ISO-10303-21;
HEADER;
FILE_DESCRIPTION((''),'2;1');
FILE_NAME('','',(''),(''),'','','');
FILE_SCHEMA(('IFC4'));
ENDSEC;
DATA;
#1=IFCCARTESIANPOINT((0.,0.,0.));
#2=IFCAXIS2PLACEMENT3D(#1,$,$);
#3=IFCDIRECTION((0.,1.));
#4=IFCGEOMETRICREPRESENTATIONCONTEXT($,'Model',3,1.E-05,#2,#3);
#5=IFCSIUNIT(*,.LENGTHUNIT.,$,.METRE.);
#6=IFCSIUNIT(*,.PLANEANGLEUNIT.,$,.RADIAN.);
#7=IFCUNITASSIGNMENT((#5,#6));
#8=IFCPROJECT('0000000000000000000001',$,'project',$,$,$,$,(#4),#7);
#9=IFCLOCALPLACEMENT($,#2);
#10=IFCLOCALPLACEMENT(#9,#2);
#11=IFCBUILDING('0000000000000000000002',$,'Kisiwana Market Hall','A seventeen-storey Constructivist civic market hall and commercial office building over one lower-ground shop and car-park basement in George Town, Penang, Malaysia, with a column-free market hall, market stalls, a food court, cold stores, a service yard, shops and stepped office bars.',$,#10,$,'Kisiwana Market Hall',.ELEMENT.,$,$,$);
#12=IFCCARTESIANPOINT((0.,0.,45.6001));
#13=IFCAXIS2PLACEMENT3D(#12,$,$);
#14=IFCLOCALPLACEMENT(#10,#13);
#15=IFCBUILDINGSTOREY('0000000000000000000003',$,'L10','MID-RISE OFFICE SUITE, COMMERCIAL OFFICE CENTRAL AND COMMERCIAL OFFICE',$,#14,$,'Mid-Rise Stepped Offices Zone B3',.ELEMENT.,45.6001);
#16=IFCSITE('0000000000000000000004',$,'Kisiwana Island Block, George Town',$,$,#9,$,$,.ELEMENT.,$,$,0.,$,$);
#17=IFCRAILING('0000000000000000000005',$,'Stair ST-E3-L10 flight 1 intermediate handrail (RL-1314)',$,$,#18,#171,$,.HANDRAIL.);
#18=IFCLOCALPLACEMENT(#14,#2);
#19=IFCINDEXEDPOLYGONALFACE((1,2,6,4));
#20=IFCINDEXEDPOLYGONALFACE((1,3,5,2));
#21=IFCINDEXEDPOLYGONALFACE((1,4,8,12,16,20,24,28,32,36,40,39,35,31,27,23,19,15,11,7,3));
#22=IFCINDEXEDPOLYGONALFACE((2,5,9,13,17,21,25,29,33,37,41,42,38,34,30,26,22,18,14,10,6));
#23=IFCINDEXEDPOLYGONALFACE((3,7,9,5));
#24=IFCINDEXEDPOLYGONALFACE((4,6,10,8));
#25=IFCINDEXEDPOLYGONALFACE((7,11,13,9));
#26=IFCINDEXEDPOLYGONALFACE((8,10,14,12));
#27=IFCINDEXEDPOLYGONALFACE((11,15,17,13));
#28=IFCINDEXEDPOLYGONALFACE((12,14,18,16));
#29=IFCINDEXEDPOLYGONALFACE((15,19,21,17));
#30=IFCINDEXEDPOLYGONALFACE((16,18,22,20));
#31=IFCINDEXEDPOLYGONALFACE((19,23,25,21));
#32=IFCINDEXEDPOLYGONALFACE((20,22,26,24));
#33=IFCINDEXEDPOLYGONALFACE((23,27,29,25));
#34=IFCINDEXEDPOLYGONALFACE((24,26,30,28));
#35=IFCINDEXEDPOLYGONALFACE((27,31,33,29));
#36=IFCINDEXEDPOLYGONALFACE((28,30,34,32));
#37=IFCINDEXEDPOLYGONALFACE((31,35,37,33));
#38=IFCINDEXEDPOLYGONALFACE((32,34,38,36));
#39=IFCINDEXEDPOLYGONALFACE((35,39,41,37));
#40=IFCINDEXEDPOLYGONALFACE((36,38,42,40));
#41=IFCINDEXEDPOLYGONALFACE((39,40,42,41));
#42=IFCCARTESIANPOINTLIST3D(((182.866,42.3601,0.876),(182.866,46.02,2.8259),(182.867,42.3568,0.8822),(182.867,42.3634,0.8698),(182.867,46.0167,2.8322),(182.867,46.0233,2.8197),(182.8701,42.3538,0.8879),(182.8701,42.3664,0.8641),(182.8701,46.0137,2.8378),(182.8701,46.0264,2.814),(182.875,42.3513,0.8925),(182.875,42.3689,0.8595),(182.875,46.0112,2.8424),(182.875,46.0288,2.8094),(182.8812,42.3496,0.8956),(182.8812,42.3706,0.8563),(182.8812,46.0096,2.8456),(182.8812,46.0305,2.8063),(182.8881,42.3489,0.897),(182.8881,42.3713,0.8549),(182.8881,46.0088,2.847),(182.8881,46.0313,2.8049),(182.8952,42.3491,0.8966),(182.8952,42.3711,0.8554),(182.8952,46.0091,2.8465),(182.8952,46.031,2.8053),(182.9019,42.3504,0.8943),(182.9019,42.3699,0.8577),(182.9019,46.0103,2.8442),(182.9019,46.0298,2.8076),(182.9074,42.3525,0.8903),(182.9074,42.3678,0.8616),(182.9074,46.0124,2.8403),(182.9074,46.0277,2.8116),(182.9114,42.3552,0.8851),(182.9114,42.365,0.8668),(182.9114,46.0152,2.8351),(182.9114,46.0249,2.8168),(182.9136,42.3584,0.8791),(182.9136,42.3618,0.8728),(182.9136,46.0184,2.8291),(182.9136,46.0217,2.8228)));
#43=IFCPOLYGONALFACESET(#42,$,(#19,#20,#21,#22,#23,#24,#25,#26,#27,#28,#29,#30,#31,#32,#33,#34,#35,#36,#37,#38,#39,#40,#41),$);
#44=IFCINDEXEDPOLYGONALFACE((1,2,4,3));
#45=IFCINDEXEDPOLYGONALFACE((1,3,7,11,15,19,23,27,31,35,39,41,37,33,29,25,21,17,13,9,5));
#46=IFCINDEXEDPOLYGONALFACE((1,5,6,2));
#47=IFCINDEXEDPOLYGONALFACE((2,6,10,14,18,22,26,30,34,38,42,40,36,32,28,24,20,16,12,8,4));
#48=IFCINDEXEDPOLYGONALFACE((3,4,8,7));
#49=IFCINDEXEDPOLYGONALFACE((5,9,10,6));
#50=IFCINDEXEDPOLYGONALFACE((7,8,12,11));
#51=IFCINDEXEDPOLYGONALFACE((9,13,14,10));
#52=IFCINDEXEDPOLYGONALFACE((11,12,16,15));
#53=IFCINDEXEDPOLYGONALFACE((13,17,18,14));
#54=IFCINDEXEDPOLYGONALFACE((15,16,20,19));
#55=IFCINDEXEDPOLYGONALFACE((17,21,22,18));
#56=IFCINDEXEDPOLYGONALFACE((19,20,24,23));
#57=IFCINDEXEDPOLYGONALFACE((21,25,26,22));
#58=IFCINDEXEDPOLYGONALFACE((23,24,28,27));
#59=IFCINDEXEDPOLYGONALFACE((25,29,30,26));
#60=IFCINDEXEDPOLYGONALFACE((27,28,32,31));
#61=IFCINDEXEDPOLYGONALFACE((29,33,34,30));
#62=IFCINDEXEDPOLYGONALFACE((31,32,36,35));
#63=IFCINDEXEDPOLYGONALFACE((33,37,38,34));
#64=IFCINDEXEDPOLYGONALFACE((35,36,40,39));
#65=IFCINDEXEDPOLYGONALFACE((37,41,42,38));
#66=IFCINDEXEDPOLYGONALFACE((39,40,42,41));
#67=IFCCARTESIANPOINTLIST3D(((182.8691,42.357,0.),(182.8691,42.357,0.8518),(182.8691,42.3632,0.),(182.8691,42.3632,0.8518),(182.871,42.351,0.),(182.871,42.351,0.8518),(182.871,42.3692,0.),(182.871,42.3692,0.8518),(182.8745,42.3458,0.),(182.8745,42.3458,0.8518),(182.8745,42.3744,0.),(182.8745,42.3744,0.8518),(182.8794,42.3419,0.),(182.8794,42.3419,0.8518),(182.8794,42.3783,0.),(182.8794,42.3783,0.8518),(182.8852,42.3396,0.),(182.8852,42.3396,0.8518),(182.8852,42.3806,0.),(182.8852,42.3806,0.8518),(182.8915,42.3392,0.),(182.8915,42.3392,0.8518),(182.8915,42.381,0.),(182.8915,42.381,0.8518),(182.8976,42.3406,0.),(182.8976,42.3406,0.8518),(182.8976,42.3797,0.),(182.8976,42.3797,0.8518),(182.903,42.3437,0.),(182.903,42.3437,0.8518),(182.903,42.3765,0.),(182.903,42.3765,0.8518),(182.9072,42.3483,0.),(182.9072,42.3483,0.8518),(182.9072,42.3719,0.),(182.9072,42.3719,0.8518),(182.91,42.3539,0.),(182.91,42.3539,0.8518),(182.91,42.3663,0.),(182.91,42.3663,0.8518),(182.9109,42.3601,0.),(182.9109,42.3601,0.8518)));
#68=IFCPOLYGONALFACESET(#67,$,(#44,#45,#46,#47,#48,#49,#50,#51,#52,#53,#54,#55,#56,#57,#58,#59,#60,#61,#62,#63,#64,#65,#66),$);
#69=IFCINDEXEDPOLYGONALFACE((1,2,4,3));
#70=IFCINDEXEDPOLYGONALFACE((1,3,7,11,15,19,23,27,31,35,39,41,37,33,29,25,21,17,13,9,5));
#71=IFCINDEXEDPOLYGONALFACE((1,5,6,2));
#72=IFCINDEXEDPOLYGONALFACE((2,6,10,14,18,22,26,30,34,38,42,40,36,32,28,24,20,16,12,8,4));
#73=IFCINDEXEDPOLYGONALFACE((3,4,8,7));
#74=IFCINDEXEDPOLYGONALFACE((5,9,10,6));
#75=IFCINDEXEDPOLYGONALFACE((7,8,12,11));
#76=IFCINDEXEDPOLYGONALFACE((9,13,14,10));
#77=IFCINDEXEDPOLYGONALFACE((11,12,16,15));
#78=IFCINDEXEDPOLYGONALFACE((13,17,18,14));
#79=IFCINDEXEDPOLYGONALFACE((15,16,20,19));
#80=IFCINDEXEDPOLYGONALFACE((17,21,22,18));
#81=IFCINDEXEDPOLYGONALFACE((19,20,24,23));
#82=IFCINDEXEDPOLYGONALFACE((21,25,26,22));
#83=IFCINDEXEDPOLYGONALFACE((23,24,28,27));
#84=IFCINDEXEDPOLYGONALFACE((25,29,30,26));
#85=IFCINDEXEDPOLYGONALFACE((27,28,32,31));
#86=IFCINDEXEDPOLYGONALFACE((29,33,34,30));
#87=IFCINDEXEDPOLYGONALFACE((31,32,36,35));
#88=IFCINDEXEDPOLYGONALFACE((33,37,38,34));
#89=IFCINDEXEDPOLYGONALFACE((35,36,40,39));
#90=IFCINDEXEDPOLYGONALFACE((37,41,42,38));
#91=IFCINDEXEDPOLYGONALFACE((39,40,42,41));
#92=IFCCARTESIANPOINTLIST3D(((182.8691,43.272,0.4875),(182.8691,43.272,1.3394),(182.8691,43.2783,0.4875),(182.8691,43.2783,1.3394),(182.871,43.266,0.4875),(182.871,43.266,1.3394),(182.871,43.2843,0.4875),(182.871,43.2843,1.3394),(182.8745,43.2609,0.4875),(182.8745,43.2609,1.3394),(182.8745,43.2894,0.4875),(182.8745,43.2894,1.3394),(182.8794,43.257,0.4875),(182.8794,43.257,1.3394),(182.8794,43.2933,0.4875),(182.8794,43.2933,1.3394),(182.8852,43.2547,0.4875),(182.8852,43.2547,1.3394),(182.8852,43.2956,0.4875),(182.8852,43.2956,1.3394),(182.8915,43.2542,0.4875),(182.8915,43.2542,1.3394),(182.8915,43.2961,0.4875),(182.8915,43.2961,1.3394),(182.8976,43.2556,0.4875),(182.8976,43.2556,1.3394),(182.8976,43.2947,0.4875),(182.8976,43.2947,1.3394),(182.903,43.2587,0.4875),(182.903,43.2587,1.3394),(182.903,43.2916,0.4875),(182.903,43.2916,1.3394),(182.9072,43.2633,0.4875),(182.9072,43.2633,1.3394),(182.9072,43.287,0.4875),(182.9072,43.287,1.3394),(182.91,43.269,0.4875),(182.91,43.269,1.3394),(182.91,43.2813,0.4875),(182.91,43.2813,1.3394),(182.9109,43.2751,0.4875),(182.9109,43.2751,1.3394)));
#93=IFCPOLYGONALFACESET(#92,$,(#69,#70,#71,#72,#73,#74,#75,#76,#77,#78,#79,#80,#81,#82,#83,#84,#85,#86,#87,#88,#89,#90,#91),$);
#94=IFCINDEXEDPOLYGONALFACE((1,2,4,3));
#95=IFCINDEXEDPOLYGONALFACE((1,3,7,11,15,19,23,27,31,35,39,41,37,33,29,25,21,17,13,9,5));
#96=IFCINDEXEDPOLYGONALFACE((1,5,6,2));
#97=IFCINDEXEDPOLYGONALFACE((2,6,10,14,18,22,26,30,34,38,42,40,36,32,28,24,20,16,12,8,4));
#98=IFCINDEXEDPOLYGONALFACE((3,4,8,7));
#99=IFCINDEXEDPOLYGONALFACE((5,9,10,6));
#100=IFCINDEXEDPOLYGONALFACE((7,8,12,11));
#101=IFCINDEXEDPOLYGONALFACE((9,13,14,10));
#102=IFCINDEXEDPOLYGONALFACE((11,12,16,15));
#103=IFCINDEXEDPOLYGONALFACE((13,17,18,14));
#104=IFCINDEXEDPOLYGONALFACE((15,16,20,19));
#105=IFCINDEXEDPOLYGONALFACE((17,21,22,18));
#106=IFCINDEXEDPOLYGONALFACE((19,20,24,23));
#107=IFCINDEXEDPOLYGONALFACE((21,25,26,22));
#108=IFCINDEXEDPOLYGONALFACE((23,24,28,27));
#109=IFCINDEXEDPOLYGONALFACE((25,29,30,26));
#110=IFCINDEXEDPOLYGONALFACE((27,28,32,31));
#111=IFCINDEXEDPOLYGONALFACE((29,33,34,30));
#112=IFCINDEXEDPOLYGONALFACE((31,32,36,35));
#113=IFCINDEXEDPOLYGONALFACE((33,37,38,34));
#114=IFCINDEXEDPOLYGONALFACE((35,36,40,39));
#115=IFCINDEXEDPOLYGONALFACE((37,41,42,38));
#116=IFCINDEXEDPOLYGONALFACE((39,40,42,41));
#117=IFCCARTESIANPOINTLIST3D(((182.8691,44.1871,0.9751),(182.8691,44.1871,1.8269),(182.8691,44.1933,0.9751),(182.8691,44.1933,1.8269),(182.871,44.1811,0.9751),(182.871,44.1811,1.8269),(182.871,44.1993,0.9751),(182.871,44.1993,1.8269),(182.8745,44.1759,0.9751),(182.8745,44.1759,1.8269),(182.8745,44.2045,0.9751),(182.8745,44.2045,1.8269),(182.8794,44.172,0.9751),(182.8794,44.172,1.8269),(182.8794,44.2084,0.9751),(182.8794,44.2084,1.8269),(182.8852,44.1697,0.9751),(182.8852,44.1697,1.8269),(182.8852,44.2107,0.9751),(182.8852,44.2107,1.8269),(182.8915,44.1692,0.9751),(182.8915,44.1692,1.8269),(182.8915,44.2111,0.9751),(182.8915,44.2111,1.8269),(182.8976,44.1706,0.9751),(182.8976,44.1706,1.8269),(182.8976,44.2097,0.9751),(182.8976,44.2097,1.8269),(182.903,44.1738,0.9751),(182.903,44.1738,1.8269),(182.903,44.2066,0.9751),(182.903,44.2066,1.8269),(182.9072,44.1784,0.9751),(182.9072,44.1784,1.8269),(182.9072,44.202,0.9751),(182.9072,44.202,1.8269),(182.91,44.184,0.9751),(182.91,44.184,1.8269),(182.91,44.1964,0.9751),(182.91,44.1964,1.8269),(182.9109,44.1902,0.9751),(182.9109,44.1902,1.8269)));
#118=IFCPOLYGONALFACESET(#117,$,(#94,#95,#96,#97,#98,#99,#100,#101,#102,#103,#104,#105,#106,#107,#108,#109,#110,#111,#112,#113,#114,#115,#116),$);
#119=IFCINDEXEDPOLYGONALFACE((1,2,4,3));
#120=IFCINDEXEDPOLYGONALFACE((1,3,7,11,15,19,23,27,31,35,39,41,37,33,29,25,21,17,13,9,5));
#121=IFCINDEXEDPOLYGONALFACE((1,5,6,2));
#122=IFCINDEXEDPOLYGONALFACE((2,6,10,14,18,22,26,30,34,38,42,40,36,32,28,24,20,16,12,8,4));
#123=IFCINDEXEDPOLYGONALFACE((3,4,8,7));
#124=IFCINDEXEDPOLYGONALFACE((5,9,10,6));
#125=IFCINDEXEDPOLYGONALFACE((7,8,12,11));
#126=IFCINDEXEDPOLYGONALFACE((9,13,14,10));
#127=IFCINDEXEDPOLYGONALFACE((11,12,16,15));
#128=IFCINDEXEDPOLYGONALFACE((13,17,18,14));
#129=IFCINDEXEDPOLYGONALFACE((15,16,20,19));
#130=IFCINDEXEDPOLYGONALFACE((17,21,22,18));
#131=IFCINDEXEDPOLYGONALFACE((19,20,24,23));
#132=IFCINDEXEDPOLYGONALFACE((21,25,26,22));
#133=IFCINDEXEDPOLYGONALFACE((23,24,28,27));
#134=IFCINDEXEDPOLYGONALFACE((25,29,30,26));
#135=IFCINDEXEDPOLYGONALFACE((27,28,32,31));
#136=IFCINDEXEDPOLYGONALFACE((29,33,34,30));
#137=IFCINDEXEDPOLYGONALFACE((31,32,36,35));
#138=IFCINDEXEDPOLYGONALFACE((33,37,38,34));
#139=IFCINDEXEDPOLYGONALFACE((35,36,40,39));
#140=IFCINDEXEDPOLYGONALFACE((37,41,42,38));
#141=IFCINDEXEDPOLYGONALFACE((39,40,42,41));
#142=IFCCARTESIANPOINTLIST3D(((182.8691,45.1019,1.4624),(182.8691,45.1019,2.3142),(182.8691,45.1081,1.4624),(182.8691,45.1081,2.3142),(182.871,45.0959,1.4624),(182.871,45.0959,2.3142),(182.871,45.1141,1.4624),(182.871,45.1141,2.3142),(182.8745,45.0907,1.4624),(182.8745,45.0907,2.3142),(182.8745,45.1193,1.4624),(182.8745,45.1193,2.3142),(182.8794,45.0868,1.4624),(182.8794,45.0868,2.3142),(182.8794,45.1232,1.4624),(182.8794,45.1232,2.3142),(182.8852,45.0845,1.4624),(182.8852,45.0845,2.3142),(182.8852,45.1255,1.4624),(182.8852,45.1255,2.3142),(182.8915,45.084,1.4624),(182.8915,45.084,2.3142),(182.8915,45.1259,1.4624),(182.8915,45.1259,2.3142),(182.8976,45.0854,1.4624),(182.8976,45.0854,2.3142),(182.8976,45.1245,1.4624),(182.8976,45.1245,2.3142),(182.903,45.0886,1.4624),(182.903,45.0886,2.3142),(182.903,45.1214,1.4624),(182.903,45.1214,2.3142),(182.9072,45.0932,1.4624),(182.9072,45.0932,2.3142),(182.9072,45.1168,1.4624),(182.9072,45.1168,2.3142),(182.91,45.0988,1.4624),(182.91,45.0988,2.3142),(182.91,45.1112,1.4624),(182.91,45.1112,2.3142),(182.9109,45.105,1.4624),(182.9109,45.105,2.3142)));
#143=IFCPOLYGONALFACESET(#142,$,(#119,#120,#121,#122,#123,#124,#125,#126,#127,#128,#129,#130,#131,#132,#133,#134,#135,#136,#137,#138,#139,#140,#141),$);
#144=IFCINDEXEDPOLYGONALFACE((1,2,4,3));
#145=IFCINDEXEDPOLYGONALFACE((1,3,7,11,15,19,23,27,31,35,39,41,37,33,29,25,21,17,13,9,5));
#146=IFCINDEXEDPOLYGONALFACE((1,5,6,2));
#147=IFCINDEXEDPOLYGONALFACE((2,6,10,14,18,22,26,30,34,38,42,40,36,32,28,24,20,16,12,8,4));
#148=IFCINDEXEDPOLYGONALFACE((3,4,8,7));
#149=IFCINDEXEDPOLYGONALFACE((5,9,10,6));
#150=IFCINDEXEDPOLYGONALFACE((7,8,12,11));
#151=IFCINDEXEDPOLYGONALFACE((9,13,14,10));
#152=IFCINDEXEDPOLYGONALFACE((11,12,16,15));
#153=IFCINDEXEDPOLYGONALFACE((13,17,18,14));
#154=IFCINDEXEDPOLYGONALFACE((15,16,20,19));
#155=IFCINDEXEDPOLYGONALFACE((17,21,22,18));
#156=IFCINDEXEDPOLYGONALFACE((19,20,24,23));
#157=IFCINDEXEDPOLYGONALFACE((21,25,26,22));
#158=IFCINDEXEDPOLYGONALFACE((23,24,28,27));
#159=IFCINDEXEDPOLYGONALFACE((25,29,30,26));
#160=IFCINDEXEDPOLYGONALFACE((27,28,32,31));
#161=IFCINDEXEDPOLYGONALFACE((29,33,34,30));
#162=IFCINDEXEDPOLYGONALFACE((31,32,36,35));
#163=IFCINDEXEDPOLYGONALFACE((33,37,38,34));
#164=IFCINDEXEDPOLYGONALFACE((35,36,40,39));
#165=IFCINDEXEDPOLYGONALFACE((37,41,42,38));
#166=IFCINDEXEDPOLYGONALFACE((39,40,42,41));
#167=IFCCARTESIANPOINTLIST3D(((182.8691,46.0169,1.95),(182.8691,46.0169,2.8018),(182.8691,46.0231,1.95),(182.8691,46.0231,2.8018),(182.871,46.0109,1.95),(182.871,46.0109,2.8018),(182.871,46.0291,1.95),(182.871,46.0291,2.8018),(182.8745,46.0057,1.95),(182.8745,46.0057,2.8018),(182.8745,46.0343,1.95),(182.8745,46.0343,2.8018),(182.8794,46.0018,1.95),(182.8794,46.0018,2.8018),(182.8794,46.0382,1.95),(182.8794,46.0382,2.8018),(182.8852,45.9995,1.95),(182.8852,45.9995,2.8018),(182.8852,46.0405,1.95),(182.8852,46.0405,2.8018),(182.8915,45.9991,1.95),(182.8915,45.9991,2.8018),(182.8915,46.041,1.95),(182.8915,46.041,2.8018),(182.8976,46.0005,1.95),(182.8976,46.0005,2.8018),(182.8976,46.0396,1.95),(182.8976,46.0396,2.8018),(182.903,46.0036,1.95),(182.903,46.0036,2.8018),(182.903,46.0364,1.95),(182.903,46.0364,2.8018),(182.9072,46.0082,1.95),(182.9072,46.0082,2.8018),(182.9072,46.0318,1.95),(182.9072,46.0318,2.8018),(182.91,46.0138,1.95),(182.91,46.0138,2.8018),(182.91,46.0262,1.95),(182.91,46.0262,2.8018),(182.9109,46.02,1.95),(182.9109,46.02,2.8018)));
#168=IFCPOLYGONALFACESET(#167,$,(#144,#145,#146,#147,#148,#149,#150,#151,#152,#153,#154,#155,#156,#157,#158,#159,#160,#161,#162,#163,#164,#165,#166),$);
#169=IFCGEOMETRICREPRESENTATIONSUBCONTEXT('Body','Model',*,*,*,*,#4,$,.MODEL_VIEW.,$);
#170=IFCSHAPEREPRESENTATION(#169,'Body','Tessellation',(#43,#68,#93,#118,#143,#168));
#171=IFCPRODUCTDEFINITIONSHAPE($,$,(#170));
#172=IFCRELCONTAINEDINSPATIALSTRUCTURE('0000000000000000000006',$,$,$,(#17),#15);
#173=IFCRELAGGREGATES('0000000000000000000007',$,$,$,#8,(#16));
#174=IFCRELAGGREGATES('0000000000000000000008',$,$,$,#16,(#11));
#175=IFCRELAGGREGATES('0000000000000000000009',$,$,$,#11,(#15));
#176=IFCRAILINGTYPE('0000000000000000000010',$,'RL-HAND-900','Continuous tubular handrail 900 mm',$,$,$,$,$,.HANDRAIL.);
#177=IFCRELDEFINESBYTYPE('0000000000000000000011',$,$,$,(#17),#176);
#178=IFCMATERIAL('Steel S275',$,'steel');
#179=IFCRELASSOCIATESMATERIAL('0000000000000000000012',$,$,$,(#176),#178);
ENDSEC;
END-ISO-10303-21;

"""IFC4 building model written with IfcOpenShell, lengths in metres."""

from ifc_helpers import new_model, si_unit, direction, frame, origin, origin_2d, place, context, subcontext, project, spatial, circle, extrude, material, type_object, element, save


model = new_model("IFC4")

# Units and contexts
model_context = context("Model", 3, precision=1e-05, world=origin(), true_north=direction((0.0, 1.0)))
body_context = subcontext(model_context, "Body", "Model", "MODEL_VIEW")
ifc_project = project(units=[si_unit("LENGTHUNIT", "METRE"), si_unit("PLANEANGLEUNIT", "RADIAN")], contexts=[model_context])

# Site, building, storey
site_placement = place(None, origin())
site = spatial("IfcSite", under=ifc_project, at=site_placement, Name="Kisiwana Island Block, George Town", CompositionType="ELEMENT", RefElevation=0.0)
building_placement = place(site_placement, origin())
building = spatial("IfcBuilding", under=site, at=building_placement, Name="Kisiwana Market Hall", Description="A seventeen-storey Constructivist civic market hall and commercial office building over one lower-ground shop and car-park basement in George Town, Penang, Malaysia, with a column-free market hall, market stalls, a food court, cold stores, a service yard, shops and stepped office bars.", LongName="Kisiwana Market Hall", CompositionType="ELEMENT")
storey_placement = place(building_placement, frame((0.0, 0.0, 45.6001)))
storey = spatial("IfcBuildingStorey", under=building, at=storey_placement, Name="L10", Description="MID-RISE OFFICE SUITE, COMMERCIAL OFFICE CENTRAL AND COMMERCIAL OFFICE", LongName="Mid-Rise Stepped Offices Zone B3", CompositionType="ELEMENT", Elevation=45.6001)

# Railing
ifc_material_1 = material(Name="Steel S275", Category="steel")
railing_type_1 = type_object("IfcRailingType", Name="RL-HAND-900", Description="Continuous tubular handrail 900 mm", PredefinedType="HANDRAIL", material=ifc_material_1)
for number, where, name in (
    (1, (182.8899, 42.3601, 0.0), "Stair ST-E3-L10 flight 1 intermediate handrail (RL-1314)"),
):
    element("IfcRailing", number, at=place(storey_placement, frame(where)), inside=storey, type_object=railing_type_1, Name=name, PredefinedType="HANDRAIL", context=body_context, shape_type="SweptSolid", body=[
        extrude(circle(Radius=0.0239, at=origin_2d()), frame((0.0, 0.0, 0.876), z_axis=(0.0, 0.882553, 0.470212), x_axis=(-1.0, 0.0, 0.0)), (0.0, 0.0, 1.0), 4.147),
        extrude(circle(Radius=0.021, at=origin_2d()), origin(), (0.0, 0.0, 1.0), 0.8518),
        extrude(circle(Radius=0.021, at=origin_2d()), frame((0.0, 0.915, 0.4875)), (0.0, 0.0, 1.0), 0.8518),
        extrude(circle(Radius=0.021, at=origin_2d()), frame((0.0, 1.8301, 0.9751)), (0.0, 0.0, 1.0), 0.8518),
        extrude(circle(Radius=0.021, at=origin_2d()), frame((0.0, 2.7449, 1.4624)), (0.0, 0.0, 1.0), 0.8518),
        extrude(circle(Radius=0.021, at=origin_2d()), frame((0.0, 3.6599, 1.95)), (0.0, 0.0, 1.0), 0.8518),
    ])

save(model, "model.ifc")
